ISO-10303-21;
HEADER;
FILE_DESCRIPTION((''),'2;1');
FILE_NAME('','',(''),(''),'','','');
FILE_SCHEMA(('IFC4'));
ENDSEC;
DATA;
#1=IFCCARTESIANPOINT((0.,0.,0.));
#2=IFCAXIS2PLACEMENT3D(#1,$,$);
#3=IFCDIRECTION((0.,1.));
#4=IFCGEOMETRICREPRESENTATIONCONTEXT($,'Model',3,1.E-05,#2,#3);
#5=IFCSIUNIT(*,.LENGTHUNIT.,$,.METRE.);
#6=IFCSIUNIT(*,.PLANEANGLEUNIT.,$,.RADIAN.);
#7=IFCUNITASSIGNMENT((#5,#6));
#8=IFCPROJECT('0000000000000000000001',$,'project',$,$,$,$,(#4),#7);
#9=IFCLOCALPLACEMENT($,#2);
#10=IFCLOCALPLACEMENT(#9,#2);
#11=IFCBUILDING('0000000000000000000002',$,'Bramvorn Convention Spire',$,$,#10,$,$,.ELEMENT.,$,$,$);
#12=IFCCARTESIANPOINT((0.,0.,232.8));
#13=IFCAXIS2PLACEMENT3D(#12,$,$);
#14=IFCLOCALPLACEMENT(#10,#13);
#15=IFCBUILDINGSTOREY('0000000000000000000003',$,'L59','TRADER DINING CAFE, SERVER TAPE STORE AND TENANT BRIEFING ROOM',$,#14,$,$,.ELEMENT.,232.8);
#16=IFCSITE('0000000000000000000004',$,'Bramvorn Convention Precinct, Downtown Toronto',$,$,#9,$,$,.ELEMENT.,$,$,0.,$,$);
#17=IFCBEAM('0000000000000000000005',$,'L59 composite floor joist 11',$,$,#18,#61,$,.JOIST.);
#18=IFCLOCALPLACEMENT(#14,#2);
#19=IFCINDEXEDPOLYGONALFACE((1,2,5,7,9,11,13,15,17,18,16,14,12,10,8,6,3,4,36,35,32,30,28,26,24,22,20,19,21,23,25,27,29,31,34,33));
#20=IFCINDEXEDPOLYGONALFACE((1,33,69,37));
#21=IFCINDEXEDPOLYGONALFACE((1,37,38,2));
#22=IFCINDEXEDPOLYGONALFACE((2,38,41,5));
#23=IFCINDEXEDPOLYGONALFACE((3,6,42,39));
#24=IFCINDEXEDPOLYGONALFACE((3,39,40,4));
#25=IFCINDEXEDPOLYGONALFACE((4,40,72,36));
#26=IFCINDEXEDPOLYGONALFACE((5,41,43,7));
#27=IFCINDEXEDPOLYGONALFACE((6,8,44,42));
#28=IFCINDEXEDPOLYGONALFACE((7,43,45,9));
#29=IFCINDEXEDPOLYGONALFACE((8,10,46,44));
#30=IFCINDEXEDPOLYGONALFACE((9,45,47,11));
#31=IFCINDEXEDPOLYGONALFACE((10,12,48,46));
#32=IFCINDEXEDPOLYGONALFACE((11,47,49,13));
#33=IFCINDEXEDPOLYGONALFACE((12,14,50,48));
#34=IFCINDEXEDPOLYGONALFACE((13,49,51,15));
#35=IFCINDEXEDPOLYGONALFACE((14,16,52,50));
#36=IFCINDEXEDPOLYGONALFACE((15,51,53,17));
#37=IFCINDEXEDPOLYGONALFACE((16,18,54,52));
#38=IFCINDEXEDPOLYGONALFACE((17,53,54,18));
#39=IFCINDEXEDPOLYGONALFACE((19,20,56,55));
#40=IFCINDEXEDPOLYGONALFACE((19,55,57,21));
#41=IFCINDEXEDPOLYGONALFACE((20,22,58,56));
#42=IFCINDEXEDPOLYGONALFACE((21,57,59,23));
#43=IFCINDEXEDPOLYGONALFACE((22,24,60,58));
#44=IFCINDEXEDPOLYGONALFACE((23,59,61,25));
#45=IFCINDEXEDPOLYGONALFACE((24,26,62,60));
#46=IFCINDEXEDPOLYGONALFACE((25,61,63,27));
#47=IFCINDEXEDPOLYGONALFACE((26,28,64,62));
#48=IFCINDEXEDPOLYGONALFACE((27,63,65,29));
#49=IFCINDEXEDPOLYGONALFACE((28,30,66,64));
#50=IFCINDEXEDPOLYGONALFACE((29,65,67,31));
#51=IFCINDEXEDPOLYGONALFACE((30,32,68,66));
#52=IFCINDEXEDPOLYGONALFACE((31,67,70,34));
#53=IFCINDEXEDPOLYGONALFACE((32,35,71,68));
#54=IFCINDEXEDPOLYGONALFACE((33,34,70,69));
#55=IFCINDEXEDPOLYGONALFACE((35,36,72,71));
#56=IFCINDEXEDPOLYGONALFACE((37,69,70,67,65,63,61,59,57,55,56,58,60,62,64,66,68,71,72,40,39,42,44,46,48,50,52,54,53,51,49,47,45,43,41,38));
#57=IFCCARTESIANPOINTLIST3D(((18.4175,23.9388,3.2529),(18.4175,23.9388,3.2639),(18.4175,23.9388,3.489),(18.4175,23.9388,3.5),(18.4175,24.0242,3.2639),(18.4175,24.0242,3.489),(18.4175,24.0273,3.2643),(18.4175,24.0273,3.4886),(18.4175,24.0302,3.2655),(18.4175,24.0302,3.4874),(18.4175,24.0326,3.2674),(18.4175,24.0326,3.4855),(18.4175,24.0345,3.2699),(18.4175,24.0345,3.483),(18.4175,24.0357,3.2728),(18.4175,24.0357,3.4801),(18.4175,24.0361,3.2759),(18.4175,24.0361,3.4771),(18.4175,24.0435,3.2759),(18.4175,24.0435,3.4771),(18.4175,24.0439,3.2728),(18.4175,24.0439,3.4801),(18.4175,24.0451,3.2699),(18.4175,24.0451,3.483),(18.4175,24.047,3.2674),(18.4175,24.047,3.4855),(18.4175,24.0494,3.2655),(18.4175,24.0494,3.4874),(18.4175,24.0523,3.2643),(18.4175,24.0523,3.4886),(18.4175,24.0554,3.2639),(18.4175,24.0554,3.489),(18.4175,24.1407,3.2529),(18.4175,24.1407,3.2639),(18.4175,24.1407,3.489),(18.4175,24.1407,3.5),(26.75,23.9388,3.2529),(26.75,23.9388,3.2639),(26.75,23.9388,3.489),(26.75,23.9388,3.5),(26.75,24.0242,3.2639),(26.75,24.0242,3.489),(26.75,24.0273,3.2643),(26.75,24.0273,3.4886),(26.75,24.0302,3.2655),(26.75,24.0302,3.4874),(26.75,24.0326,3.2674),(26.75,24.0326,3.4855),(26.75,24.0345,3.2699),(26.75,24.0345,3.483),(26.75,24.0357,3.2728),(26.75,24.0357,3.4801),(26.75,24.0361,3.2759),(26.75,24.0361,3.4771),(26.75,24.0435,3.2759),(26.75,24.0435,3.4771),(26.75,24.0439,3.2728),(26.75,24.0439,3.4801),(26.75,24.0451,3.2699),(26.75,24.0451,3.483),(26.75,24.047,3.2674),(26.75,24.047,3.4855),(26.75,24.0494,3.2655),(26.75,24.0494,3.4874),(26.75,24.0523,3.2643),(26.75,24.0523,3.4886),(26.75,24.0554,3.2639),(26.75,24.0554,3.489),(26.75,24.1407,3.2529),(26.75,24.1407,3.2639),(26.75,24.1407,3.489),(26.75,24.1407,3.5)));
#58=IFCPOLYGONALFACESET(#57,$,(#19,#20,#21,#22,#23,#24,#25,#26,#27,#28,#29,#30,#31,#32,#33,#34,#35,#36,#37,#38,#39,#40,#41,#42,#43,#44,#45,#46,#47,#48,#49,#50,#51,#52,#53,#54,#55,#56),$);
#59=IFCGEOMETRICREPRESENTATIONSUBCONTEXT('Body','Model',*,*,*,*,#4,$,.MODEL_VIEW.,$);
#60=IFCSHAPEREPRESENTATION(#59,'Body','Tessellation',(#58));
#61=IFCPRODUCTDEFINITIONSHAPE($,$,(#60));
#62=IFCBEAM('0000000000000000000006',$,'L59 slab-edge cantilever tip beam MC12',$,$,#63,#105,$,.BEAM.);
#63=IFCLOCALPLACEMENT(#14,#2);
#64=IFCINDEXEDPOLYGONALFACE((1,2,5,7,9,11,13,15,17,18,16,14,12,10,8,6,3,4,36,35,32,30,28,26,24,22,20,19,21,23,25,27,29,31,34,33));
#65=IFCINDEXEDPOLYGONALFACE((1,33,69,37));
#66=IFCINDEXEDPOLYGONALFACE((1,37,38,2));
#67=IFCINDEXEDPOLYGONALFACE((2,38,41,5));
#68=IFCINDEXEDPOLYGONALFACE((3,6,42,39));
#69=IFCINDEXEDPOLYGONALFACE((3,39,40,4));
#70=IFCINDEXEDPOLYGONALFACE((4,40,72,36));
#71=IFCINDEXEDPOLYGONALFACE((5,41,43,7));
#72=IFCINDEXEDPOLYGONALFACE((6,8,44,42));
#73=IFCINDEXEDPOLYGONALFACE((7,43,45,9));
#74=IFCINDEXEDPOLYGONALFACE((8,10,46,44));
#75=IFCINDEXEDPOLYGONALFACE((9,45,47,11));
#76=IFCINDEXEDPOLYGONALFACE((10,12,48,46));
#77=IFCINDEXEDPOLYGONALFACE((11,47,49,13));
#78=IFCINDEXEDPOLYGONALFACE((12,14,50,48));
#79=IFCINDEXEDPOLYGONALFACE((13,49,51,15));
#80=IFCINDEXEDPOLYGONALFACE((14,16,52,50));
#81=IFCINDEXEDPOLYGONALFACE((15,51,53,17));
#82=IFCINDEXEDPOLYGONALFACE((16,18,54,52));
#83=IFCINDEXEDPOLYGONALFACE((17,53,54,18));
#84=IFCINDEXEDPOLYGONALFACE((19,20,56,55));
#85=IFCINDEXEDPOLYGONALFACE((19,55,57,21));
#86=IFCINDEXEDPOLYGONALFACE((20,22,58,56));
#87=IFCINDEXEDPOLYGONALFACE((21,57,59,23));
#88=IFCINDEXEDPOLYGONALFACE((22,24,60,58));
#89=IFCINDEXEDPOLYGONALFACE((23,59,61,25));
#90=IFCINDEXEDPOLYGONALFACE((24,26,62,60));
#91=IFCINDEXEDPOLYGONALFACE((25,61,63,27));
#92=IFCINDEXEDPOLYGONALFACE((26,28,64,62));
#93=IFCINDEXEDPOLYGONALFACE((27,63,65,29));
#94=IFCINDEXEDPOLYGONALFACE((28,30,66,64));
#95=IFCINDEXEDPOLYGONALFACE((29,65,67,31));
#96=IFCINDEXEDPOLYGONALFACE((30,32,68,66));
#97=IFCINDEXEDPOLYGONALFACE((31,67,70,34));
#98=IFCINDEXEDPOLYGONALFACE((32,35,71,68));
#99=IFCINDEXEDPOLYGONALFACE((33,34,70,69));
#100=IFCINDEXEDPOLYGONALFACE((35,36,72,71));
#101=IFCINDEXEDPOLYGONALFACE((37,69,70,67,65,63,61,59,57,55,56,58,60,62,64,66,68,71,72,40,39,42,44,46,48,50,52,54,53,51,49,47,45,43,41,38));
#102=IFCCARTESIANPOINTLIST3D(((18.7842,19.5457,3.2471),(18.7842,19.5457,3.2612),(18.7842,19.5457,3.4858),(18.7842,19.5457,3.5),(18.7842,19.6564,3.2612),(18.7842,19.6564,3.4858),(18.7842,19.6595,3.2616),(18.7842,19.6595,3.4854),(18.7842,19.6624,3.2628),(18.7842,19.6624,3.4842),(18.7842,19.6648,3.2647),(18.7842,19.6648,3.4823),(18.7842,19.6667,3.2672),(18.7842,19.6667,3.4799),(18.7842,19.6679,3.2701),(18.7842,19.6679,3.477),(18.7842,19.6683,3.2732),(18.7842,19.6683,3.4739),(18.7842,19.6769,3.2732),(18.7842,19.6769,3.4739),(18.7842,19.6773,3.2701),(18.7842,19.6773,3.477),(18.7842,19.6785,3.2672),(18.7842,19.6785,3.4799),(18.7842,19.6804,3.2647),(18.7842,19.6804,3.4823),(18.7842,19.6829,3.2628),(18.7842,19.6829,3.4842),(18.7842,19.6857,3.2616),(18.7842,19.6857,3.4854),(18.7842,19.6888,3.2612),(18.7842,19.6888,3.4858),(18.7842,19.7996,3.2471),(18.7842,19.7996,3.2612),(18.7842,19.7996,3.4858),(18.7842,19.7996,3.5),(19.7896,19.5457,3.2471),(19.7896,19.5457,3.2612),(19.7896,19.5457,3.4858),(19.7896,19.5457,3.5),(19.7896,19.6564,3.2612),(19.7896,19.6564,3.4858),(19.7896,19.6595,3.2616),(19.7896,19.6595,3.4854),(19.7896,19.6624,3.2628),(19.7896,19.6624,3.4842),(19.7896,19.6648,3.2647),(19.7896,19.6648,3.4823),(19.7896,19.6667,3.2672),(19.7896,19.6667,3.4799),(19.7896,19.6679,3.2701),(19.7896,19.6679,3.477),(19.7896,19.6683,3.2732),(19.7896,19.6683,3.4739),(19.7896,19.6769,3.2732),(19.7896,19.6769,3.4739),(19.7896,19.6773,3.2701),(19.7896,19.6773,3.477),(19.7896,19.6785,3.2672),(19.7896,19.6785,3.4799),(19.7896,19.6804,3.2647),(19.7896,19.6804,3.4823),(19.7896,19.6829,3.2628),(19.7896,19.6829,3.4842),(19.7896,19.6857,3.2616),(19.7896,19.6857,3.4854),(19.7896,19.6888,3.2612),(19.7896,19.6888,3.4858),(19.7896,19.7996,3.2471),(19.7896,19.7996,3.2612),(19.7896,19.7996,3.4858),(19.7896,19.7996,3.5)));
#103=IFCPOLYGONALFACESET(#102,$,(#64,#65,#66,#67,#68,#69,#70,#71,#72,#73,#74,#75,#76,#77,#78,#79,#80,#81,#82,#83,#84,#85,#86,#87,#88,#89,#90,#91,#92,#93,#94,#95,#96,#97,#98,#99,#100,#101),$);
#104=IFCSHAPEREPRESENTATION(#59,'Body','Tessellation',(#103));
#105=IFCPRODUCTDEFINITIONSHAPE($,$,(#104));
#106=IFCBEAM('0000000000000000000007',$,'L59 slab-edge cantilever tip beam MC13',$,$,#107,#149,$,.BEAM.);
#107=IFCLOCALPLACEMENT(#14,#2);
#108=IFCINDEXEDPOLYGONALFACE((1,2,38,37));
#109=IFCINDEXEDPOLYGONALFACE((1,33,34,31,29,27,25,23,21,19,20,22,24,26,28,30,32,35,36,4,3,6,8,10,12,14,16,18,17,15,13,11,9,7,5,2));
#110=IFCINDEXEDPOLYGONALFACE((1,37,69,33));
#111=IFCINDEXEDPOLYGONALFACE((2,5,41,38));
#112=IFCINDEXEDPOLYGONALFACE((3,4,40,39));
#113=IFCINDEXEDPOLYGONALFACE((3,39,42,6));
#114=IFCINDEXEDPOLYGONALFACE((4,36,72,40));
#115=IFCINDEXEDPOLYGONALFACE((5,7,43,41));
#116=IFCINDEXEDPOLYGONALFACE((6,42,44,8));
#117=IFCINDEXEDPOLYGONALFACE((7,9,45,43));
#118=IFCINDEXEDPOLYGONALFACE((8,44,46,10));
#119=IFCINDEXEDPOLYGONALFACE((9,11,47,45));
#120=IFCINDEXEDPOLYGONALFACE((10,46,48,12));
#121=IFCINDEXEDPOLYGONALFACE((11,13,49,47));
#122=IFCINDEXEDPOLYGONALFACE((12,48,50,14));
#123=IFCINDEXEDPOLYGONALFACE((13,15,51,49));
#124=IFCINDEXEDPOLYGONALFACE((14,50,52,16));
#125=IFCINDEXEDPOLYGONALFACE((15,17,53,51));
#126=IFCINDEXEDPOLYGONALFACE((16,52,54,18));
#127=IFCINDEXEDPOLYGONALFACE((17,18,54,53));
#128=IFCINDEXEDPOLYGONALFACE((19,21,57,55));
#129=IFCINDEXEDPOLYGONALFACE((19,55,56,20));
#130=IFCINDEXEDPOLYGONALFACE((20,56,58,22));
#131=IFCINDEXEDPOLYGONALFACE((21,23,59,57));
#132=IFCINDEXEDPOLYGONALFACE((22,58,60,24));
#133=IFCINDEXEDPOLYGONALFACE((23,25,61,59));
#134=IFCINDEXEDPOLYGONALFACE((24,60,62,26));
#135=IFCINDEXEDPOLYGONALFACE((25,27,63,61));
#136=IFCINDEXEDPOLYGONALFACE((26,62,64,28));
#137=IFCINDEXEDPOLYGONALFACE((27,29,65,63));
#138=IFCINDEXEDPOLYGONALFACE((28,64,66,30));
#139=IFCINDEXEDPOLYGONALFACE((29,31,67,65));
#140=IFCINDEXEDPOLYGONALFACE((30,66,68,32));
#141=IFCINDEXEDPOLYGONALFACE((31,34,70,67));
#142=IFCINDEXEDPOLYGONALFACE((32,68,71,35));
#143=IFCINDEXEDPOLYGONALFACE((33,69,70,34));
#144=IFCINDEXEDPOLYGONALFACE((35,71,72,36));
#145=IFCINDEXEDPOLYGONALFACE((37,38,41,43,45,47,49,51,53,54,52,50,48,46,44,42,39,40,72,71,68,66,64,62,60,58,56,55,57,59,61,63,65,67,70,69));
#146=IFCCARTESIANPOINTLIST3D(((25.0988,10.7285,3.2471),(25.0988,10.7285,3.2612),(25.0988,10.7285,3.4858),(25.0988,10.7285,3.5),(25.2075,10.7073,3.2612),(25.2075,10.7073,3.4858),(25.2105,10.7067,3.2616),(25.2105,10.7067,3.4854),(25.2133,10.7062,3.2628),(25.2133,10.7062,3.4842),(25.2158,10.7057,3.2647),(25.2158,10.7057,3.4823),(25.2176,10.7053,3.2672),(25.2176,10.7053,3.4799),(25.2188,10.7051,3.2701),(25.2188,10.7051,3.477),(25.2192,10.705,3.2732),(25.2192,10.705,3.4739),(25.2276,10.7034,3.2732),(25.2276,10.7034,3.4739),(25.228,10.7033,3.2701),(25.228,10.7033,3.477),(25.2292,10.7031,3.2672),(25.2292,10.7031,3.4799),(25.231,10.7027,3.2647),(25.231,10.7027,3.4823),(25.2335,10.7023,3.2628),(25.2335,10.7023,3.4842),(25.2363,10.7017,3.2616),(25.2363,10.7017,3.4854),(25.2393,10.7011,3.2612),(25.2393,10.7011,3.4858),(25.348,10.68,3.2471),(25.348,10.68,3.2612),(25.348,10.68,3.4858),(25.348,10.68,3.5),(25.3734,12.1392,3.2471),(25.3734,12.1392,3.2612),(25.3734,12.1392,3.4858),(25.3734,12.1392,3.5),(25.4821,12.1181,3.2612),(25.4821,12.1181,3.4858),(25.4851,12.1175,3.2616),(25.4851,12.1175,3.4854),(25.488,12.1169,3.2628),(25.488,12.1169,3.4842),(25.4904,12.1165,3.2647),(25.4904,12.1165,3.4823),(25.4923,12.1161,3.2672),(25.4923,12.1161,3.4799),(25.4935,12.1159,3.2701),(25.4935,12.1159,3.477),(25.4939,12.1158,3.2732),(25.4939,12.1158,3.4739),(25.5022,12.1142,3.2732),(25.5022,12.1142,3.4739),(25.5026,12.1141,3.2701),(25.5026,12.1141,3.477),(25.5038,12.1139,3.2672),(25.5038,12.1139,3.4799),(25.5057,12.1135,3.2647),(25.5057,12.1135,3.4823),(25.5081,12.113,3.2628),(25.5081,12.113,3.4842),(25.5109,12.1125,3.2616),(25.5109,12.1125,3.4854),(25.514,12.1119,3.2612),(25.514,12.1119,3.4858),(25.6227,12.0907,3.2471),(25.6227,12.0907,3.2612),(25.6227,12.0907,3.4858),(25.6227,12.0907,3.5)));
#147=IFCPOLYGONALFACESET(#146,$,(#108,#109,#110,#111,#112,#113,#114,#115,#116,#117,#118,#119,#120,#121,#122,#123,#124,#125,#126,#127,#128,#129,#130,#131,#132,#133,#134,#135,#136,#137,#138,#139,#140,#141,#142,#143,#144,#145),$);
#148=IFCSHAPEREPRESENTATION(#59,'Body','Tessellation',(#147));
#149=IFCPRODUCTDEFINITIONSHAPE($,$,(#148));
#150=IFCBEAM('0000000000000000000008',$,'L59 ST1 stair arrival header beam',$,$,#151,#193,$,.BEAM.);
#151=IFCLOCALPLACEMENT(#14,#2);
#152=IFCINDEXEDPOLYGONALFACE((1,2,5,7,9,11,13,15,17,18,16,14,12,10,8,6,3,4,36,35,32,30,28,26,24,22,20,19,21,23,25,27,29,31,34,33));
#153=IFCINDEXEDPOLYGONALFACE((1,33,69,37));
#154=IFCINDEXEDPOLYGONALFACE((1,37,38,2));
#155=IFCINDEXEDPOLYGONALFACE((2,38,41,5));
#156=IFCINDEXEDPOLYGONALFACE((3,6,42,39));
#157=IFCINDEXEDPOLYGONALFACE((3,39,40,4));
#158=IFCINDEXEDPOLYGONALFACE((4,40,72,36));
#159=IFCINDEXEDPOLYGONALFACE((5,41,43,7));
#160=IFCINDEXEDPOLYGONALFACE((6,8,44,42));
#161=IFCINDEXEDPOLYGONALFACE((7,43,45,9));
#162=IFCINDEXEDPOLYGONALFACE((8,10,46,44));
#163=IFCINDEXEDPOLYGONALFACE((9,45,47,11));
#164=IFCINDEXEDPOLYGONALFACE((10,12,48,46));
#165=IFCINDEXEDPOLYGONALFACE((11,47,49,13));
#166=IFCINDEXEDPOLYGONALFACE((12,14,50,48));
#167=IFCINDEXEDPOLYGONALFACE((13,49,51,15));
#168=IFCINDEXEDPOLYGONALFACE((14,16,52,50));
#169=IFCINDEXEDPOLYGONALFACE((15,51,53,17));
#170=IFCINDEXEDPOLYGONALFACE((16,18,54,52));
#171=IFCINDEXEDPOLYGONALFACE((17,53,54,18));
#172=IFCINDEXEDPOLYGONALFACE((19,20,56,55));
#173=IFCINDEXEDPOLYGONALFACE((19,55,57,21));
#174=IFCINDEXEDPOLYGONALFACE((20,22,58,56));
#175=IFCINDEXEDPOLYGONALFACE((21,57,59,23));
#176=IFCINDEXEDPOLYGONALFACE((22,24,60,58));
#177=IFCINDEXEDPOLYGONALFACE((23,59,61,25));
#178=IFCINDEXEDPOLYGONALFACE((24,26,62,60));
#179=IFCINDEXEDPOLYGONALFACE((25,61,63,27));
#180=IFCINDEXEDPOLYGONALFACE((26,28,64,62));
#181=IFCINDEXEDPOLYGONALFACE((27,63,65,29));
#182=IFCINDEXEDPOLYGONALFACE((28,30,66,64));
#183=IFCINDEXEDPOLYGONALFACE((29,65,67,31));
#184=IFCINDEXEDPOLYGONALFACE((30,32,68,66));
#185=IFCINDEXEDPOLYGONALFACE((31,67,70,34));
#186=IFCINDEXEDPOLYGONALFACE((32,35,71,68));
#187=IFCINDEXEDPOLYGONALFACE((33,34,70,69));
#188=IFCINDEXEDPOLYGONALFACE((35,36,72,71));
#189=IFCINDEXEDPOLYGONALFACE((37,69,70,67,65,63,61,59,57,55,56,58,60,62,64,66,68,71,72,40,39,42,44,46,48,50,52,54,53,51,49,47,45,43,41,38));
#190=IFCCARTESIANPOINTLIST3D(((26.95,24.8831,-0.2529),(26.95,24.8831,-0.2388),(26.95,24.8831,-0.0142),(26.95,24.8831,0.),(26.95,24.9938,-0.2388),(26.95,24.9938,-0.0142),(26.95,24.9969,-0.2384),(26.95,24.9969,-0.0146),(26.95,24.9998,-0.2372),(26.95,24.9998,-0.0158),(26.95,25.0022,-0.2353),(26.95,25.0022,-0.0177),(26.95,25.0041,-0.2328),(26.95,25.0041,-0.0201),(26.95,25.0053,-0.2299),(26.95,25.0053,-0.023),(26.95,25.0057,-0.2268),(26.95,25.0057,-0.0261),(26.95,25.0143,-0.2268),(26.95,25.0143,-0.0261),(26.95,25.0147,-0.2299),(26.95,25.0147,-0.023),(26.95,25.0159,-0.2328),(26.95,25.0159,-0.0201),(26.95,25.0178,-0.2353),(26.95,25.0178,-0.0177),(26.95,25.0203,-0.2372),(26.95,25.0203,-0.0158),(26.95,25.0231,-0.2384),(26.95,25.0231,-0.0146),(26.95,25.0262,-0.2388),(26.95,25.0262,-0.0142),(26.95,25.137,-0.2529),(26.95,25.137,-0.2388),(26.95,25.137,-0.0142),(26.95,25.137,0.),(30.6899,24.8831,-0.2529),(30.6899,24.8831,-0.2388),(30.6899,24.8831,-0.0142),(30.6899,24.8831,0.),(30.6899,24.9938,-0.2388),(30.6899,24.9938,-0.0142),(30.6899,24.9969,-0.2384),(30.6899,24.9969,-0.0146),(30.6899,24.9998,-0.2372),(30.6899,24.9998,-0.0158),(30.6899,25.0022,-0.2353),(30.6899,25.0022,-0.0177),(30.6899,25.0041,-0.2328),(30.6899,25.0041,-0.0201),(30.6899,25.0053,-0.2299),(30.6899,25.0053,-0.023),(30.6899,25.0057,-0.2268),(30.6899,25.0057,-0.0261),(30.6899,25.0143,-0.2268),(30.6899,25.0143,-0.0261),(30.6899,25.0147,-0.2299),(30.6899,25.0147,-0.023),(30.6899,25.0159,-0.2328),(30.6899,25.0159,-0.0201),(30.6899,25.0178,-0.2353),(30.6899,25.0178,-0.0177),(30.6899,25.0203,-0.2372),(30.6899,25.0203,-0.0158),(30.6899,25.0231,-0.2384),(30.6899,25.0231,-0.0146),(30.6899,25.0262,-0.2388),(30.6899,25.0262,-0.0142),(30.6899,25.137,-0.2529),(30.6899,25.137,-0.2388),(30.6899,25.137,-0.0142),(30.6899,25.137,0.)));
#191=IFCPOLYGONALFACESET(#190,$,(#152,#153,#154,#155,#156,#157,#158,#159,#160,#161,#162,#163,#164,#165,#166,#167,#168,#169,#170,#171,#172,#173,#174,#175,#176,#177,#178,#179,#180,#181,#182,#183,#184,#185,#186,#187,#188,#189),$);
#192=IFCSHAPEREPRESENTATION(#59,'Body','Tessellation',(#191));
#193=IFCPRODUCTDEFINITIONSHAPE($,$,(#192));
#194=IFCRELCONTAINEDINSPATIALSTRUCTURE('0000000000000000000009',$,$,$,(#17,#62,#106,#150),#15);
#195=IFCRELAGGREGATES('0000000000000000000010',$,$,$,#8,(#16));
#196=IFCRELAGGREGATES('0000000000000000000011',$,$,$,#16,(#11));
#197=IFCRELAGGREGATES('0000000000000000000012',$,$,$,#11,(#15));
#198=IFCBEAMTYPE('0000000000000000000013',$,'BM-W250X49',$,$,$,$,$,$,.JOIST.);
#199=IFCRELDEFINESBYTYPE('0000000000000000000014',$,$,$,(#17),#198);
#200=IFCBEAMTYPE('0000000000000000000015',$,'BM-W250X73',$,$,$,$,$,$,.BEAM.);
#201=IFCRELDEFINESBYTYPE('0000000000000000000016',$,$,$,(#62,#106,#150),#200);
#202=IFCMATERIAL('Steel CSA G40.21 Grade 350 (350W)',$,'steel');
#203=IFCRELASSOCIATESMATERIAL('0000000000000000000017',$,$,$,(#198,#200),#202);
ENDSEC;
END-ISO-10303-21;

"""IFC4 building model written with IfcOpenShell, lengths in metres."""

from ifc_helpers import new_model, si_unit, direction, frame, origin, origin_2d, place, context, subcontext, project, spatial, i_section, extrude, material, material_profile, profile_set, type_object, element, save


model = new_model("IFC4")

# Units and contexts
model_context = context("Model", 3, precision=1e-05, world=origin(), true_north=direction((0.0, 1.0)))
body_context = subcontext(model_context, "Body", "Model", "MODEL_VIEW")
ifc_project = project(units=[si_unit("LENGTHUNIT", "METRE"), si_unit("PLANEANGLEUNIT", "RADIAN")], contexts=[model_context])

# Site, building, storey
site_placement = place(None, origin())
site = spatial("IfcSite", under=ifc_project, at=site_placement, Name="Bramvorn Convention Precinct, Downtown Toronto", CompositionType="ELEMENT", RefElevation=0.0)
building_placement = place(site_placement, origin())
building = spatial("IfcBuilding", under=site, at=building_placement, Name="Bramvorn Convention Spire", CompositionType="ELEMENT")
storey_placement = place(building_placement, frame((0.0, 0.0, 232.8)))
storey = spatial("IfcBuildingStorey", under=building, at=storey_placement, Name="L59", Description="TRADER DINING CAFE, SERVER TAPE STORE AND TENANT BRIEFING ROOM", CompositionType="ELEMENT", Elevation=232.8)

# Shared definitions
ifc_material_1 = material(Name="Steel CSA G40.21 Grade 350 (350W)", Category="steel")

# Beams
ifc_material_profile_1 = material_profile(ifc_material_1, i_section(OverallWidth=0.2019, OverallDepth=0.2471, WebThickness=0.0073, FlangeThickness=0.011, FilletRadius=0.012, at=origin_2d()))
ifc_profile_set_1 = profile_set([ifc_material_profile_1], Name="Steel CSA G40.21 Grade 350 (350W) - W250X49")
beam_type_1 = type_object("IfcBeamType", Name="BM-W250X49", PredefinedType="JOIST", material=ifc_profile_set_1)
beam_1_placement = place(storey_placement, frame((26.75, 24.0398, 3.3765), z_axis=(-1.0, 0.0, 0.0), x_axis=(0.0, -1.0, 0.0)))
element("IfcBeam", 1, at=beam_1_placement, inside=storey, type_object=beam_type_1, Name="L59 composite floor joist 11", PredefinedType="JOIST", context=body_context, shape_type="SweptSolid", body=[
    extrude(i_section(OverallWidth=0.2019, OverallDepth=0.2471, WebThickness=0.0073, FlangeThickness=0.011, FilletRadius=0.012, at=origin_2d()), origin(), (0.0, 0.0, 1.0), 8.3325),
])
ifc_material_profile_2 = material_profile(ifc_material_1, i_section(OverallWidth=0.2539, OverallDepth=0.2529, WebThickness=0.0085, FlangeThickness=0.0142, FilletRadius=0.012, at=origin_2d()))
ifc_profile_set_2 = profile_set([ifc_material_profile_2], Name="Steel CSA G40.21 Grade 350 (350W) - W250X73")
beam_type_2 = type_object("IfcBeamType", Name="BM-W250X73", PredefinedType="BEAM", material=ifc_profile_set_2)
beam_2_placement = place(storey_placement, frame((19.7896, 19.6726, 3.3735), z_axis=(-1.0, 0.0, 0.0), x_axis=(0.0, -1.0, 0.0)))
element("IfcBeam", 2, at=beam_2_placement, inside=storey, type_object=beam_type_2, Name="L59 slab-edge cantilever tip beam MC12", PredefinedType="BEAM", context=body_context, shape_type="SweptSolid", body=[
    extrude(i_section(OverallWidth=0.2539, OverallDepth=0.2529, WebThickness=0.0085, FlangeThickness=0.0142, FilletRadius=0.012, at=origin_2d()), origin(), (0.0, 0.0, 1.0), 1.0054),
])
beam_3_placement = place(storey_placement, frame((25.498, 12.115, 3.3735), z_axis=(-0.191083, -0.981574, 0.0), x_axis=(0.981574, -0.191083, 0.0)))
element("IfcBeam", 3, at=beam_3_placement, inside=storey, type_object=beam_type_2, Name="L59 slab-edge cantilever tip beam MC13", PredefinedType="BEAM", context=body_context, shape_type="SweptSolid", body=[
    extrude(i_section(OverallWidth=0.2539, OverallDepth=0.2529, WebThickness=0.0085, FlangeThickness=0.0142, FilletRadius=0.012, at=origin_2d()), origin(), (0.0, 0.0, 1.0), 1.4373),
])
beam_4_placement = place(storey_placement, frame((26.95, 25.01, -0.1265), z_axis=(1.0, 0.0, 0.0), x_axis=(0.0, 1.0, 0.0)))
element("IfcBeam", 4, at=beam_4_placement, inside=storey, type_object=beam_type_2, Name="L59 ST1 stair arrival header beam", PredefinedType="BEAM", context=body_context, shape_type="SweptSolid", body=[
    extrude(i_section(OverallWidth=0.2539, OverallDepth=0.2529, WebThickness=0.0085, FlangeThickness=0.0142, FilletRadius=0.012, at=origin_2d()), origin(), (0.0, 0.0, 1.0), 3.74),
])

save(model, "model.ifc")
